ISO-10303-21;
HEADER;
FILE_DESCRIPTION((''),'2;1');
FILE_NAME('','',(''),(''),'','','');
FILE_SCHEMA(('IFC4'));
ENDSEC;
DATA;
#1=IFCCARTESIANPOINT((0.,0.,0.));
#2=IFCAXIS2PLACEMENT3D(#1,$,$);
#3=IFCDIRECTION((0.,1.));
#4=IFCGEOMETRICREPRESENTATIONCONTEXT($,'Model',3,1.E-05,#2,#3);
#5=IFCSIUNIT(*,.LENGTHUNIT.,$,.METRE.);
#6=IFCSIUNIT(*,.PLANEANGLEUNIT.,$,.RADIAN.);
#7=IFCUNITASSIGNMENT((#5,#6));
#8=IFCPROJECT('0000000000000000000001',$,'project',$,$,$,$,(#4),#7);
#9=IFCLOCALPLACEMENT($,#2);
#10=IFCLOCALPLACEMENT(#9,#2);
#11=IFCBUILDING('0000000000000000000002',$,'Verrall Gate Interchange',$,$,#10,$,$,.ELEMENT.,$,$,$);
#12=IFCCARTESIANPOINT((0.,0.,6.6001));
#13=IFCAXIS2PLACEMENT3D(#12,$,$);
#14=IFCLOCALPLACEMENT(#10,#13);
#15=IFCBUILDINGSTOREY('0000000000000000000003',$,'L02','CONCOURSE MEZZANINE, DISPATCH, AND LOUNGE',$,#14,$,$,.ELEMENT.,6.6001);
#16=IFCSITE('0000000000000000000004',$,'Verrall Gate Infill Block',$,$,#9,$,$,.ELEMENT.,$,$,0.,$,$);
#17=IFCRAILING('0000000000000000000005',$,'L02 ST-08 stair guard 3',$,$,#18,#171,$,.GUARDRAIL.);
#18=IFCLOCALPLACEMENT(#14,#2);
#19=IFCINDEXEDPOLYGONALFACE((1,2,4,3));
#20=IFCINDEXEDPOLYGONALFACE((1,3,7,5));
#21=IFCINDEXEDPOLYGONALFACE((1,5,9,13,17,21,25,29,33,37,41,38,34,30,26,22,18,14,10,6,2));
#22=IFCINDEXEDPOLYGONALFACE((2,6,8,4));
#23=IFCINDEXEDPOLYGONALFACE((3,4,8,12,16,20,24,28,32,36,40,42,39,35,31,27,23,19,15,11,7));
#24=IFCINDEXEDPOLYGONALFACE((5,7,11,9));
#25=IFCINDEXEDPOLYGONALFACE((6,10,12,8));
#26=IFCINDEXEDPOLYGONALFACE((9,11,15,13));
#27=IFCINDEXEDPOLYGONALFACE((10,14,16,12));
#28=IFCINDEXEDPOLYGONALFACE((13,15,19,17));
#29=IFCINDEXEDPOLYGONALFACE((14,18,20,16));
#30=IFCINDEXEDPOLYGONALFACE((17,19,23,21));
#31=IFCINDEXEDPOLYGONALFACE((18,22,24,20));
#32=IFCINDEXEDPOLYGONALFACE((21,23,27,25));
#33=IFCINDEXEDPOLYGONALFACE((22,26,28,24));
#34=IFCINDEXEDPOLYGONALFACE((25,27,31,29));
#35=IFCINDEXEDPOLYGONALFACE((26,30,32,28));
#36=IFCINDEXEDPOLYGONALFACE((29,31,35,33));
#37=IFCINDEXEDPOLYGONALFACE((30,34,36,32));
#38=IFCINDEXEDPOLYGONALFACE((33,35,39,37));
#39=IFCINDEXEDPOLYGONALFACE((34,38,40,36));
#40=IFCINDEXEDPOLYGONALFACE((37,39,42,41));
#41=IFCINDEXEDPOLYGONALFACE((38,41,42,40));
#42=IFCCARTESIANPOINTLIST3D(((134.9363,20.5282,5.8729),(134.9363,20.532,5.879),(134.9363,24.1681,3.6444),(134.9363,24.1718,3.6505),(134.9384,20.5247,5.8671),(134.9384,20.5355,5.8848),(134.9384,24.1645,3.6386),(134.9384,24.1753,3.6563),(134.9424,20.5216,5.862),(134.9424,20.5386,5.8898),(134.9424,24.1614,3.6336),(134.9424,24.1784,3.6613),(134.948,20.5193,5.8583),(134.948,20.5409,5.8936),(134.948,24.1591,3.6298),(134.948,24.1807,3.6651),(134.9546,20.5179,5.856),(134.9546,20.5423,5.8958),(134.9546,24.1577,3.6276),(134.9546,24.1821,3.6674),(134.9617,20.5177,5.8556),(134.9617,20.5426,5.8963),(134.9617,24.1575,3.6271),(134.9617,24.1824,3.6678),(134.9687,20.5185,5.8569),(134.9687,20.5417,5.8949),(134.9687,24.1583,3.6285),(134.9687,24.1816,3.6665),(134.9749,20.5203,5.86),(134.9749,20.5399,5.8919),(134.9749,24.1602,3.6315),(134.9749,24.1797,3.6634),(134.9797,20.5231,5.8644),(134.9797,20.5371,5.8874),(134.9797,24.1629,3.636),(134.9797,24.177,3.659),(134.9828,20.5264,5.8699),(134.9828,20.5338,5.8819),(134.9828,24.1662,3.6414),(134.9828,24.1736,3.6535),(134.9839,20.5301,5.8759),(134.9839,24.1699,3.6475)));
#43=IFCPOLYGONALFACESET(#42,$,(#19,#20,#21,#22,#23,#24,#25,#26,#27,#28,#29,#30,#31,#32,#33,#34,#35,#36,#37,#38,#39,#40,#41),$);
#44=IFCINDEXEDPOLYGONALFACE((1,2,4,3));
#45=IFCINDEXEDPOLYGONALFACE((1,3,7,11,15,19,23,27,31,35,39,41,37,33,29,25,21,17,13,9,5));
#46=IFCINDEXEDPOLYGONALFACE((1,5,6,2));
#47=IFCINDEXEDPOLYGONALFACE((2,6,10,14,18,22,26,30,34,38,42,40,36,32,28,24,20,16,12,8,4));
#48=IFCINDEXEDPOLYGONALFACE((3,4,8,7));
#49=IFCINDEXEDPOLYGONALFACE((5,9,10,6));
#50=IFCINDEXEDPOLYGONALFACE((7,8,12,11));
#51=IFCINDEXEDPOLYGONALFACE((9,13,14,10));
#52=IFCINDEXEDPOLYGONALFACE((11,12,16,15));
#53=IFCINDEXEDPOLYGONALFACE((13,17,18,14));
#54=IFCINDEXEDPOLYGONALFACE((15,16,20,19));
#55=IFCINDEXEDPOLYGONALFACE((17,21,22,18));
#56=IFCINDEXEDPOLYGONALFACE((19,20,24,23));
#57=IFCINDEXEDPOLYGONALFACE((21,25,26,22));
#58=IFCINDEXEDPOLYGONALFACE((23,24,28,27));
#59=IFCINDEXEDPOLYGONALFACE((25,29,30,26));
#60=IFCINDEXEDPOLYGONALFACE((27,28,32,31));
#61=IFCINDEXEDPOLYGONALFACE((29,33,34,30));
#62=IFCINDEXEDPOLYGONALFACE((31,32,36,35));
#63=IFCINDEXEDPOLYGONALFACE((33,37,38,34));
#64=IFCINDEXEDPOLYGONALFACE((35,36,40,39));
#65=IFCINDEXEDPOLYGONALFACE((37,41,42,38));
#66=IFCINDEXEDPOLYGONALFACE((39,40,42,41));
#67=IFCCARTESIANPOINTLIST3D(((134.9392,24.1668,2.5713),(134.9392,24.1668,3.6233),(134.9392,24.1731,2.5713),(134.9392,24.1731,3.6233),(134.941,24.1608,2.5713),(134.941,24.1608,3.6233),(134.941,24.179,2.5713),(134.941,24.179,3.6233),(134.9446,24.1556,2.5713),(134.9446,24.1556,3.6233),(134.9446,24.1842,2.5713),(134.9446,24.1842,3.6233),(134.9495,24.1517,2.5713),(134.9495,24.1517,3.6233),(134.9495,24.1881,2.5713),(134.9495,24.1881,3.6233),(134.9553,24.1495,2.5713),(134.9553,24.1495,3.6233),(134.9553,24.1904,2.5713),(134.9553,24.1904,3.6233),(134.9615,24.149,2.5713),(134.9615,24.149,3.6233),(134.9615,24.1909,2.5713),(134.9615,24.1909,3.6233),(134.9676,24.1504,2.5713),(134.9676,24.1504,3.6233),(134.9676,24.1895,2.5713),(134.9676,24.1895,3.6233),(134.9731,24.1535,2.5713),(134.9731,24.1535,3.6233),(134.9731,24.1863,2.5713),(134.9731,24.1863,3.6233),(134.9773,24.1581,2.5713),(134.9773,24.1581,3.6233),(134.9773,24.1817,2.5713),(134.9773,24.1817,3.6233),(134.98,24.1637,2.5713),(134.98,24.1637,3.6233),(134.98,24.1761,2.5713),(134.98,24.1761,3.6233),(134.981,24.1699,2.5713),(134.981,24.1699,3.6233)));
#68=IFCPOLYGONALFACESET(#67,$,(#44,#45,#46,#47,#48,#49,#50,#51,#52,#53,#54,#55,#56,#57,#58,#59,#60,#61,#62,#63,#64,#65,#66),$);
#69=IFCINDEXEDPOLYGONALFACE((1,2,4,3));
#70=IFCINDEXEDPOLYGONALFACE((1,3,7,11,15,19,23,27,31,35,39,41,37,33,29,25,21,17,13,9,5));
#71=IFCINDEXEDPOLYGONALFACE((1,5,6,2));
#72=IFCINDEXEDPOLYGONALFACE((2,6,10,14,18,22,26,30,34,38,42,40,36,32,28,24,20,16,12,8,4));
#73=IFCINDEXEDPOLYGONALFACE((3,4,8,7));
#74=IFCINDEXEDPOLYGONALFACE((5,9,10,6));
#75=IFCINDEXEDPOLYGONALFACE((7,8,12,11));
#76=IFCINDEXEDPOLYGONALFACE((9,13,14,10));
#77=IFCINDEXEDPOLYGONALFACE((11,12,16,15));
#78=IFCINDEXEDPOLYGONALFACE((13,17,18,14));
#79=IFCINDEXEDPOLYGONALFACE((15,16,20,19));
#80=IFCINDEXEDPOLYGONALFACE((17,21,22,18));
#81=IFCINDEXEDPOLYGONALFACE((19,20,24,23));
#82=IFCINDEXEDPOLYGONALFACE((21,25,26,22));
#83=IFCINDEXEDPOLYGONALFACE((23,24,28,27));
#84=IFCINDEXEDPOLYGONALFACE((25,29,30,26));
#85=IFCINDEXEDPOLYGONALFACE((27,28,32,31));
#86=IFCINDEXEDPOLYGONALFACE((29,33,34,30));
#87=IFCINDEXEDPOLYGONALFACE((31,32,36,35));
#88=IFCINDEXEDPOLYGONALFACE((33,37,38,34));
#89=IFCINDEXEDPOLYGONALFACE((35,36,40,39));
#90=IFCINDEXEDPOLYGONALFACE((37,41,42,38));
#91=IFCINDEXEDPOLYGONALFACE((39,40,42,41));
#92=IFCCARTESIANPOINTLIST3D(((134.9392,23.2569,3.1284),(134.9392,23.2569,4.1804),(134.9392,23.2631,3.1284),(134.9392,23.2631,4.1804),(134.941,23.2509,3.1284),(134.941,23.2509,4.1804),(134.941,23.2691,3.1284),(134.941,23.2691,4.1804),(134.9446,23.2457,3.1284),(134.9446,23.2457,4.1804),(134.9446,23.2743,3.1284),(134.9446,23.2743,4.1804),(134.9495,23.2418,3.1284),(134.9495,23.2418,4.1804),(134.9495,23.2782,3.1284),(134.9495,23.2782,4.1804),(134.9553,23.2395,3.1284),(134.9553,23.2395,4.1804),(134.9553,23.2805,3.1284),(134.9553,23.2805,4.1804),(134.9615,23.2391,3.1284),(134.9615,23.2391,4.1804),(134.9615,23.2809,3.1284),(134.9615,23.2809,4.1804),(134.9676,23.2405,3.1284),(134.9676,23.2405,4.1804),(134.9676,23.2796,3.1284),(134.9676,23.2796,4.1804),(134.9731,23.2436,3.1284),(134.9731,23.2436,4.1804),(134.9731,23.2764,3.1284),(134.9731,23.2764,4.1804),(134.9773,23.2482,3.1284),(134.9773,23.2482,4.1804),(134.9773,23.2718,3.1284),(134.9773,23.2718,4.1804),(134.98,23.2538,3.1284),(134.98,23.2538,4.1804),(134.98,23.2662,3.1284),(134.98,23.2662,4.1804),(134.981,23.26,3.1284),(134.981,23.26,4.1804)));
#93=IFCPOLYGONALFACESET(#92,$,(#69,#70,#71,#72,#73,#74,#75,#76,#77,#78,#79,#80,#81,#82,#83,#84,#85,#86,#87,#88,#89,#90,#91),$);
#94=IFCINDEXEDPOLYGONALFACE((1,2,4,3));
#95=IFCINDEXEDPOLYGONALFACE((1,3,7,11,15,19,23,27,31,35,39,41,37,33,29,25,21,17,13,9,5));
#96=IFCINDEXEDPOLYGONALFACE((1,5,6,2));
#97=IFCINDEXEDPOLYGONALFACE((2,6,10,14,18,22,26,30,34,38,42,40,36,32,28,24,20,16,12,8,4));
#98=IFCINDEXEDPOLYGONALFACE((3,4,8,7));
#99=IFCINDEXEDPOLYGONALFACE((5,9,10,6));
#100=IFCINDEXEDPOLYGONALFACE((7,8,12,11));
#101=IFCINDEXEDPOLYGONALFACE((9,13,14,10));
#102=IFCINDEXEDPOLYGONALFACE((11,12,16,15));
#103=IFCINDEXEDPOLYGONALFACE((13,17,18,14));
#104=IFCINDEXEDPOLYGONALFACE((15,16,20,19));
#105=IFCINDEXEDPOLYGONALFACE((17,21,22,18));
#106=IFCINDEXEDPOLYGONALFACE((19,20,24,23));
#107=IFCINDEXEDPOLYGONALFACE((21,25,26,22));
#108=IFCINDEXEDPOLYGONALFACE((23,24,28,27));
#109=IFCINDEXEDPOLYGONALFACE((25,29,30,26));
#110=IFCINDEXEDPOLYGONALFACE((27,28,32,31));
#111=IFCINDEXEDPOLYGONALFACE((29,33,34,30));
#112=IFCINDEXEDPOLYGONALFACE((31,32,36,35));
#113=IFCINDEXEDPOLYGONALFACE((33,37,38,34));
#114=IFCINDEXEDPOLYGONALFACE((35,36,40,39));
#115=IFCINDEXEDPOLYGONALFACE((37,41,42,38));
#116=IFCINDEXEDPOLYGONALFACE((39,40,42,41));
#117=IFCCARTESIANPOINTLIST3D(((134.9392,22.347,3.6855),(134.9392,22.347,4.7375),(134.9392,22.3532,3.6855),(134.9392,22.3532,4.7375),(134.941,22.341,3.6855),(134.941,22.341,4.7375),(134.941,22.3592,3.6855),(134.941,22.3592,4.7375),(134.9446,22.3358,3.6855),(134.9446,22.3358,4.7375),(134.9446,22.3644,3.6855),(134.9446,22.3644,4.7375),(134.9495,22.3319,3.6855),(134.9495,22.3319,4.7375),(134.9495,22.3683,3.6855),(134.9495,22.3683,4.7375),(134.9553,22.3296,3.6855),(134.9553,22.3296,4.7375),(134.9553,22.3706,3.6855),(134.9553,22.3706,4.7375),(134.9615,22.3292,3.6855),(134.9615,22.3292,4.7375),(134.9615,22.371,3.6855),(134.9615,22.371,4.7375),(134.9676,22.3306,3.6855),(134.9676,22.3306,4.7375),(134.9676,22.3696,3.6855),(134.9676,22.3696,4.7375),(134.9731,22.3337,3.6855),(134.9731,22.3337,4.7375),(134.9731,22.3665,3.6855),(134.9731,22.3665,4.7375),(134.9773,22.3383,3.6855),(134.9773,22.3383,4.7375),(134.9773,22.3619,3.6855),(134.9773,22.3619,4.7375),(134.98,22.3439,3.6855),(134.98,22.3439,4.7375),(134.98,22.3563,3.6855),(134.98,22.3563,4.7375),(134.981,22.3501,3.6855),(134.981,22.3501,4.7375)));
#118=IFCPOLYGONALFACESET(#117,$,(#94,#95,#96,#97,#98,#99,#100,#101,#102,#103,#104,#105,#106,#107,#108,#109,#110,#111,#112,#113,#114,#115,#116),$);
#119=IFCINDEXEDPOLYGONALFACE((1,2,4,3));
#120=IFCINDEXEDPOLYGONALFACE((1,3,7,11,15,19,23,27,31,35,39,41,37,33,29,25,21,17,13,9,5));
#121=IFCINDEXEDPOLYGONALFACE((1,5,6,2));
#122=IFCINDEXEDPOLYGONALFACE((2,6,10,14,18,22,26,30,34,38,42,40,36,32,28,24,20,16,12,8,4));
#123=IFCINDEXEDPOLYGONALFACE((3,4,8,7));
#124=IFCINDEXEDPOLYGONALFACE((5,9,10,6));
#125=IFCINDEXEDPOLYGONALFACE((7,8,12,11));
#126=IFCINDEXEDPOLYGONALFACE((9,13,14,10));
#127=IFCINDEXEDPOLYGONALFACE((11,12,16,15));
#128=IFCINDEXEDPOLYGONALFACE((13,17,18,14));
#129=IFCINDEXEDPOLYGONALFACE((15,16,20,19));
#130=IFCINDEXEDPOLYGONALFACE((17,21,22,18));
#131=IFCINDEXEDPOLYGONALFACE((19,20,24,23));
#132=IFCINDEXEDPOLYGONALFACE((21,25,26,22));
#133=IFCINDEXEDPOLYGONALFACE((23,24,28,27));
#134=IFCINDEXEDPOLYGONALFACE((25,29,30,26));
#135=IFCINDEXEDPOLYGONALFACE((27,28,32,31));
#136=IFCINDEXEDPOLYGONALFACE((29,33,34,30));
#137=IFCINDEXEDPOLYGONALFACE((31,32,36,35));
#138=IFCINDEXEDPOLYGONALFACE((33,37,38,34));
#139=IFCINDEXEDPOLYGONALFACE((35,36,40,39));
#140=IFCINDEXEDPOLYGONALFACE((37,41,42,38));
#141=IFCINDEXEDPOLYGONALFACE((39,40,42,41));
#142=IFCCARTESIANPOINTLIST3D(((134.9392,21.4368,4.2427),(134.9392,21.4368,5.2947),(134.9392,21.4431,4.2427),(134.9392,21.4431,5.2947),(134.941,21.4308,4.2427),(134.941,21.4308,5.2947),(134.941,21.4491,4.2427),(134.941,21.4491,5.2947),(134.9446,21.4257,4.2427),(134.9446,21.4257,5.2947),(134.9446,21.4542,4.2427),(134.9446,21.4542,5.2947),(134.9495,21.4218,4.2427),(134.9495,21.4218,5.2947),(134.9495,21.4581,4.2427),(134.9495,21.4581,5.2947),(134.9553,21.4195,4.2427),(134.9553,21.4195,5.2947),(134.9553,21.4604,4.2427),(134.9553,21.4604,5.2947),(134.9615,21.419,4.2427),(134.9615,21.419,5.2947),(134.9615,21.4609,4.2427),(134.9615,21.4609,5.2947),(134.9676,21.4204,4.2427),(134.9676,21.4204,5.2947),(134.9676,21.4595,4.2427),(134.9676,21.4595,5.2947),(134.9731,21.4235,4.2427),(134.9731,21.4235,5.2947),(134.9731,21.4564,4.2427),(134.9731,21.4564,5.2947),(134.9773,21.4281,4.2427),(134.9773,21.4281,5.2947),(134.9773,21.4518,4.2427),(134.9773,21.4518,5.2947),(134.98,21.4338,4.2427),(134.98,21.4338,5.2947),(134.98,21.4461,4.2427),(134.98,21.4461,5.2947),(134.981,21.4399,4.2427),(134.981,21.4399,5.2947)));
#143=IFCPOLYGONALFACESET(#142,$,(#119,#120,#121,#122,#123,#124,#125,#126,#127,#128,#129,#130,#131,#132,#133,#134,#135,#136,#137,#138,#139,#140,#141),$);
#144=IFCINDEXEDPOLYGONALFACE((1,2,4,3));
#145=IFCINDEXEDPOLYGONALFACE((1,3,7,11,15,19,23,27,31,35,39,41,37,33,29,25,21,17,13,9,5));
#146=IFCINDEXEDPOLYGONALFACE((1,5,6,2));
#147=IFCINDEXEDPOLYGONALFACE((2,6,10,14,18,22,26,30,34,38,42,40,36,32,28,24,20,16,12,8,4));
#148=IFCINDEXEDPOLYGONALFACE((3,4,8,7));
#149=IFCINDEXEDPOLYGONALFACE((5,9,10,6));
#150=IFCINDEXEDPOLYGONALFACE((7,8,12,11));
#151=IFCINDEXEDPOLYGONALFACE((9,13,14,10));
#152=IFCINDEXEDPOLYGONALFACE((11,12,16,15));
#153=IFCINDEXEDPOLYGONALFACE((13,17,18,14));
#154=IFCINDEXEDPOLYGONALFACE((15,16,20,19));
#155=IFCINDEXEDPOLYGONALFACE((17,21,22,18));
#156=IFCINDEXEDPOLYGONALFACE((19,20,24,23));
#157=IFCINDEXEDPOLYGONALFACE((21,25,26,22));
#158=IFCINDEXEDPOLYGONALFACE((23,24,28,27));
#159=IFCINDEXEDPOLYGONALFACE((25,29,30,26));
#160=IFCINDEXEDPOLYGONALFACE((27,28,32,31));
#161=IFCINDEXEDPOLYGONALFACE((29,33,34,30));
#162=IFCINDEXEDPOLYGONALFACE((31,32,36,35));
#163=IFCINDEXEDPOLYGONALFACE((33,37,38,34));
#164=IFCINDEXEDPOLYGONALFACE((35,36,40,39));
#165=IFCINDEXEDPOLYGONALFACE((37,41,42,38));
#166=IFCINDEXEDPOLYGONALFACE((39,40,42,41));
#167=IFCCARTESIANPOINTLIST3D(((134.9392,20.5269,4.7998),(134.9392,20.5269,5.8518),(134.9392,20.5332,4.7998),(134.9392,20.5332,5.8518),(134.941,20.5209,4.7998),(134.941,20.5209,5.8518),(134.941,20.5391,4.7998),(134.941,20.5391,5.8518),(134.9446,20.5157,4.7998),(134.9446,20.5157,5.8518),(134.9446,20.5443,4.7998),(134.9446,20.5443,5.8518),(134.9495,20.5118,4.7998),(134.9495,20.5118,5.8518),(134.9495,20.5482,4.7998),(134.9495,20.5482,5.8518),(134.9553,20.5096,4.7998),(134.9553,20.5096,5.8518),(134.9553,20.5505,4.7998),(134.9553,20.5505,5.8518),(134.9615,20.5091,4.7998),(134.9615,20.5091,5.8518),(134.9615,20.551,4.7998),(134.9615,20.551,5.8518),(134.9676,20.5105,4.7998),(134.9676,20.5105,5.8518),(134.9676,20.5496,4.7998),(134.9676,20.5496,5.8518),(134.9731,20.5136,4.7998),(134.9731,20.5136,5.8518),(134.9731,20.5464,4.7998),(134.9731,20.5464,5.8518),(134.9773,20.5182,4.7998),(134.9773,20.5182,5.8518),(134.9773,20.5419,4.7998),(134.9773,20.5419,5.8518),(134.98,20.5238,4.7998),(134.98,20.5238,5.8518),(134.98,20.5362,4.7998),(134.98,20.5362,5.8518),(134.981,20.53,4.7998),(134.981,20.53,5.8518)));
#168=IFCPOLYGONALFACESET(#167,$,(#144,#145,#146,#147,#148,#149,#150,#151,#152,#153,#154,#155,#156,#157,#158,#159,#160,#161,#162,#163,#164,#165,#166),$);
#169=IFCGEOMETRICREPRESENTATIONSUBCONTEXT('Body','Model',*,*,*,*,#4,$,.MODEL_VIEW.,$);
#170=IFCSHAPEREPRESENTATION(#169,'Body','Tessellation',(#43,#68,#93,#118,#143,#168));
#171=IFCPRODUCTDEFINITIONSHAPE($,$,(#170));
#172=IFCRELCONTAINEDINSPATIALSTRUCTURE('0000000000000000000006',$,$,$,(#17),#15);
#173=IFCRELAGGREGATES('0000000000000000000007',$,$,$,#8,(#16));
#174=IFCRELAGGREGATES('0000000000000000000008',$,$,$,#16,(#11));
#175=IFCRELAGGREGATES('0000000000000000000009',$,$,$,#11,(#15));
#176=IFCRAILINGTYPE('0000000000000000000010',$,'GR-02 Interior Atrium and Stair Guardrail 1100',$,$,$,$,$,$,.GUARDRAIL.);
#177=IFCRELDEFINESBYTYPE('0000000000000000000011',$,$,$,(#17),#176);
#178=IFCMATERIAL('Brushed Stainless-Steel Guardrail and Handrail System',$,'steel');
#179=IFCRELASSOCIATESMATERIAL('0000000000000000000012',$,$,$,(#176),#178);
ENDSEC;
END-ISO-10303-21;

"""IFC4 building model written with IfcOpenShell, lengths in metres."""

from ifc_helpers import new_model, si_unit, direction, frame, origin, origin_2d, place, context, subcontext, project, spatial, circle, extrude, material, type_object, element, save


model = new_model("IFC4")

# Units and contexts
model_context = context("Model", 3, precision=1e-05, world=origin(), true_north=direction((0.0, 1.0)))
body_context = subcontext(model_context, "Body", "Model", "MODEL_VIEW")
ifc_project = project(units=[si_unit("LENGTHUNIT", "METRE"), si_unit("PLANEANGLEUNIT", "RADIAN")], contexts=[model_context])

# Site, building, storey
site_placement = place(None, origin())
site = spatial("IfcSite", under=ifc_project, at=site_placement, Name="Verrall Gate Infill Block", CompositionType="ELEMENT", RefElevation=0.0)
building_placement = place(site_placement, origin())
building = spatial("IfcBuilding", under=site, at=building_placement, Name="Verrall Gate Interchange", CompositionType="ELEMENT")
storey_placement = place(building_placement, frame((0.0, 0.0, 6.6001)))
storey = spatial("IfcBuildingStorey", under=building, at=storey_placement, Name="L02", Description="CONCOURSE MEZZANINE, DISPATCH, AND LOUNGE", CompositionType="ELEMENT", Elevation=6.6001)

# Railing
ifc_material_1 = material(Name="Brushed Stainless-Steel Guardrail and Handrail System", Category="steel")
railing_type_1 = type_object("IfcRailingType", Name="GR-02 Interior Atrium and Stair Guardrail 1100", PredefinedType="GUARDRAIL", material=ifc_material_1)
railing_1_placement = place(storey_placement, frame((134.96, 24.1699, 2.5713)))
element("IfcRailing", 1, at=railing_1_placement, inside=storey, type_object=railing_type_1, Name="L02 ST-08 stair guard 3", PredefinedType="GUARDRAIL", context=body_context, shape_type="SweptSolid", body=[
    extrude(circle(Radius=0.0239, at=origin_2d()), frame((0.0, 0.0, 1.0762), z_axis=(0.0, -0.85285, 0.522156), x_axis=(1.0, 0.0, 0.0)), (0.0, 0.0, 1.0), 4.2678),
    extrude(circle(Radius=0.021, at=origin_2d()), origin(), (0.0, 0.0, 1.0), 1.052),
    extrude(circle(Radius=0.021, at=origin_2d()), frame((0.0, -0.9099, 0.5571)), (0.0, 0.0, 1.0), 1.052),
    extrude(circle(Radius=0.021, at=origin_2d()), frame((0.0, -1.8198, 1.1143)), (0.0, 0.0, 1.0), 1.052),
    extrude(circle(Radius=0.021, at=origin_2d()), frame((0.0, -2.73, 1.6714)), (0.0, 0.0, 1.0), 1.052),
    extrude(circle(Radius=0.021, at=origin_2d()), frame((0.0, -3.6399, 2.2285)), (0.0, 0.0, 1.0), 1.052),
])

save(model, "model.ifc")
